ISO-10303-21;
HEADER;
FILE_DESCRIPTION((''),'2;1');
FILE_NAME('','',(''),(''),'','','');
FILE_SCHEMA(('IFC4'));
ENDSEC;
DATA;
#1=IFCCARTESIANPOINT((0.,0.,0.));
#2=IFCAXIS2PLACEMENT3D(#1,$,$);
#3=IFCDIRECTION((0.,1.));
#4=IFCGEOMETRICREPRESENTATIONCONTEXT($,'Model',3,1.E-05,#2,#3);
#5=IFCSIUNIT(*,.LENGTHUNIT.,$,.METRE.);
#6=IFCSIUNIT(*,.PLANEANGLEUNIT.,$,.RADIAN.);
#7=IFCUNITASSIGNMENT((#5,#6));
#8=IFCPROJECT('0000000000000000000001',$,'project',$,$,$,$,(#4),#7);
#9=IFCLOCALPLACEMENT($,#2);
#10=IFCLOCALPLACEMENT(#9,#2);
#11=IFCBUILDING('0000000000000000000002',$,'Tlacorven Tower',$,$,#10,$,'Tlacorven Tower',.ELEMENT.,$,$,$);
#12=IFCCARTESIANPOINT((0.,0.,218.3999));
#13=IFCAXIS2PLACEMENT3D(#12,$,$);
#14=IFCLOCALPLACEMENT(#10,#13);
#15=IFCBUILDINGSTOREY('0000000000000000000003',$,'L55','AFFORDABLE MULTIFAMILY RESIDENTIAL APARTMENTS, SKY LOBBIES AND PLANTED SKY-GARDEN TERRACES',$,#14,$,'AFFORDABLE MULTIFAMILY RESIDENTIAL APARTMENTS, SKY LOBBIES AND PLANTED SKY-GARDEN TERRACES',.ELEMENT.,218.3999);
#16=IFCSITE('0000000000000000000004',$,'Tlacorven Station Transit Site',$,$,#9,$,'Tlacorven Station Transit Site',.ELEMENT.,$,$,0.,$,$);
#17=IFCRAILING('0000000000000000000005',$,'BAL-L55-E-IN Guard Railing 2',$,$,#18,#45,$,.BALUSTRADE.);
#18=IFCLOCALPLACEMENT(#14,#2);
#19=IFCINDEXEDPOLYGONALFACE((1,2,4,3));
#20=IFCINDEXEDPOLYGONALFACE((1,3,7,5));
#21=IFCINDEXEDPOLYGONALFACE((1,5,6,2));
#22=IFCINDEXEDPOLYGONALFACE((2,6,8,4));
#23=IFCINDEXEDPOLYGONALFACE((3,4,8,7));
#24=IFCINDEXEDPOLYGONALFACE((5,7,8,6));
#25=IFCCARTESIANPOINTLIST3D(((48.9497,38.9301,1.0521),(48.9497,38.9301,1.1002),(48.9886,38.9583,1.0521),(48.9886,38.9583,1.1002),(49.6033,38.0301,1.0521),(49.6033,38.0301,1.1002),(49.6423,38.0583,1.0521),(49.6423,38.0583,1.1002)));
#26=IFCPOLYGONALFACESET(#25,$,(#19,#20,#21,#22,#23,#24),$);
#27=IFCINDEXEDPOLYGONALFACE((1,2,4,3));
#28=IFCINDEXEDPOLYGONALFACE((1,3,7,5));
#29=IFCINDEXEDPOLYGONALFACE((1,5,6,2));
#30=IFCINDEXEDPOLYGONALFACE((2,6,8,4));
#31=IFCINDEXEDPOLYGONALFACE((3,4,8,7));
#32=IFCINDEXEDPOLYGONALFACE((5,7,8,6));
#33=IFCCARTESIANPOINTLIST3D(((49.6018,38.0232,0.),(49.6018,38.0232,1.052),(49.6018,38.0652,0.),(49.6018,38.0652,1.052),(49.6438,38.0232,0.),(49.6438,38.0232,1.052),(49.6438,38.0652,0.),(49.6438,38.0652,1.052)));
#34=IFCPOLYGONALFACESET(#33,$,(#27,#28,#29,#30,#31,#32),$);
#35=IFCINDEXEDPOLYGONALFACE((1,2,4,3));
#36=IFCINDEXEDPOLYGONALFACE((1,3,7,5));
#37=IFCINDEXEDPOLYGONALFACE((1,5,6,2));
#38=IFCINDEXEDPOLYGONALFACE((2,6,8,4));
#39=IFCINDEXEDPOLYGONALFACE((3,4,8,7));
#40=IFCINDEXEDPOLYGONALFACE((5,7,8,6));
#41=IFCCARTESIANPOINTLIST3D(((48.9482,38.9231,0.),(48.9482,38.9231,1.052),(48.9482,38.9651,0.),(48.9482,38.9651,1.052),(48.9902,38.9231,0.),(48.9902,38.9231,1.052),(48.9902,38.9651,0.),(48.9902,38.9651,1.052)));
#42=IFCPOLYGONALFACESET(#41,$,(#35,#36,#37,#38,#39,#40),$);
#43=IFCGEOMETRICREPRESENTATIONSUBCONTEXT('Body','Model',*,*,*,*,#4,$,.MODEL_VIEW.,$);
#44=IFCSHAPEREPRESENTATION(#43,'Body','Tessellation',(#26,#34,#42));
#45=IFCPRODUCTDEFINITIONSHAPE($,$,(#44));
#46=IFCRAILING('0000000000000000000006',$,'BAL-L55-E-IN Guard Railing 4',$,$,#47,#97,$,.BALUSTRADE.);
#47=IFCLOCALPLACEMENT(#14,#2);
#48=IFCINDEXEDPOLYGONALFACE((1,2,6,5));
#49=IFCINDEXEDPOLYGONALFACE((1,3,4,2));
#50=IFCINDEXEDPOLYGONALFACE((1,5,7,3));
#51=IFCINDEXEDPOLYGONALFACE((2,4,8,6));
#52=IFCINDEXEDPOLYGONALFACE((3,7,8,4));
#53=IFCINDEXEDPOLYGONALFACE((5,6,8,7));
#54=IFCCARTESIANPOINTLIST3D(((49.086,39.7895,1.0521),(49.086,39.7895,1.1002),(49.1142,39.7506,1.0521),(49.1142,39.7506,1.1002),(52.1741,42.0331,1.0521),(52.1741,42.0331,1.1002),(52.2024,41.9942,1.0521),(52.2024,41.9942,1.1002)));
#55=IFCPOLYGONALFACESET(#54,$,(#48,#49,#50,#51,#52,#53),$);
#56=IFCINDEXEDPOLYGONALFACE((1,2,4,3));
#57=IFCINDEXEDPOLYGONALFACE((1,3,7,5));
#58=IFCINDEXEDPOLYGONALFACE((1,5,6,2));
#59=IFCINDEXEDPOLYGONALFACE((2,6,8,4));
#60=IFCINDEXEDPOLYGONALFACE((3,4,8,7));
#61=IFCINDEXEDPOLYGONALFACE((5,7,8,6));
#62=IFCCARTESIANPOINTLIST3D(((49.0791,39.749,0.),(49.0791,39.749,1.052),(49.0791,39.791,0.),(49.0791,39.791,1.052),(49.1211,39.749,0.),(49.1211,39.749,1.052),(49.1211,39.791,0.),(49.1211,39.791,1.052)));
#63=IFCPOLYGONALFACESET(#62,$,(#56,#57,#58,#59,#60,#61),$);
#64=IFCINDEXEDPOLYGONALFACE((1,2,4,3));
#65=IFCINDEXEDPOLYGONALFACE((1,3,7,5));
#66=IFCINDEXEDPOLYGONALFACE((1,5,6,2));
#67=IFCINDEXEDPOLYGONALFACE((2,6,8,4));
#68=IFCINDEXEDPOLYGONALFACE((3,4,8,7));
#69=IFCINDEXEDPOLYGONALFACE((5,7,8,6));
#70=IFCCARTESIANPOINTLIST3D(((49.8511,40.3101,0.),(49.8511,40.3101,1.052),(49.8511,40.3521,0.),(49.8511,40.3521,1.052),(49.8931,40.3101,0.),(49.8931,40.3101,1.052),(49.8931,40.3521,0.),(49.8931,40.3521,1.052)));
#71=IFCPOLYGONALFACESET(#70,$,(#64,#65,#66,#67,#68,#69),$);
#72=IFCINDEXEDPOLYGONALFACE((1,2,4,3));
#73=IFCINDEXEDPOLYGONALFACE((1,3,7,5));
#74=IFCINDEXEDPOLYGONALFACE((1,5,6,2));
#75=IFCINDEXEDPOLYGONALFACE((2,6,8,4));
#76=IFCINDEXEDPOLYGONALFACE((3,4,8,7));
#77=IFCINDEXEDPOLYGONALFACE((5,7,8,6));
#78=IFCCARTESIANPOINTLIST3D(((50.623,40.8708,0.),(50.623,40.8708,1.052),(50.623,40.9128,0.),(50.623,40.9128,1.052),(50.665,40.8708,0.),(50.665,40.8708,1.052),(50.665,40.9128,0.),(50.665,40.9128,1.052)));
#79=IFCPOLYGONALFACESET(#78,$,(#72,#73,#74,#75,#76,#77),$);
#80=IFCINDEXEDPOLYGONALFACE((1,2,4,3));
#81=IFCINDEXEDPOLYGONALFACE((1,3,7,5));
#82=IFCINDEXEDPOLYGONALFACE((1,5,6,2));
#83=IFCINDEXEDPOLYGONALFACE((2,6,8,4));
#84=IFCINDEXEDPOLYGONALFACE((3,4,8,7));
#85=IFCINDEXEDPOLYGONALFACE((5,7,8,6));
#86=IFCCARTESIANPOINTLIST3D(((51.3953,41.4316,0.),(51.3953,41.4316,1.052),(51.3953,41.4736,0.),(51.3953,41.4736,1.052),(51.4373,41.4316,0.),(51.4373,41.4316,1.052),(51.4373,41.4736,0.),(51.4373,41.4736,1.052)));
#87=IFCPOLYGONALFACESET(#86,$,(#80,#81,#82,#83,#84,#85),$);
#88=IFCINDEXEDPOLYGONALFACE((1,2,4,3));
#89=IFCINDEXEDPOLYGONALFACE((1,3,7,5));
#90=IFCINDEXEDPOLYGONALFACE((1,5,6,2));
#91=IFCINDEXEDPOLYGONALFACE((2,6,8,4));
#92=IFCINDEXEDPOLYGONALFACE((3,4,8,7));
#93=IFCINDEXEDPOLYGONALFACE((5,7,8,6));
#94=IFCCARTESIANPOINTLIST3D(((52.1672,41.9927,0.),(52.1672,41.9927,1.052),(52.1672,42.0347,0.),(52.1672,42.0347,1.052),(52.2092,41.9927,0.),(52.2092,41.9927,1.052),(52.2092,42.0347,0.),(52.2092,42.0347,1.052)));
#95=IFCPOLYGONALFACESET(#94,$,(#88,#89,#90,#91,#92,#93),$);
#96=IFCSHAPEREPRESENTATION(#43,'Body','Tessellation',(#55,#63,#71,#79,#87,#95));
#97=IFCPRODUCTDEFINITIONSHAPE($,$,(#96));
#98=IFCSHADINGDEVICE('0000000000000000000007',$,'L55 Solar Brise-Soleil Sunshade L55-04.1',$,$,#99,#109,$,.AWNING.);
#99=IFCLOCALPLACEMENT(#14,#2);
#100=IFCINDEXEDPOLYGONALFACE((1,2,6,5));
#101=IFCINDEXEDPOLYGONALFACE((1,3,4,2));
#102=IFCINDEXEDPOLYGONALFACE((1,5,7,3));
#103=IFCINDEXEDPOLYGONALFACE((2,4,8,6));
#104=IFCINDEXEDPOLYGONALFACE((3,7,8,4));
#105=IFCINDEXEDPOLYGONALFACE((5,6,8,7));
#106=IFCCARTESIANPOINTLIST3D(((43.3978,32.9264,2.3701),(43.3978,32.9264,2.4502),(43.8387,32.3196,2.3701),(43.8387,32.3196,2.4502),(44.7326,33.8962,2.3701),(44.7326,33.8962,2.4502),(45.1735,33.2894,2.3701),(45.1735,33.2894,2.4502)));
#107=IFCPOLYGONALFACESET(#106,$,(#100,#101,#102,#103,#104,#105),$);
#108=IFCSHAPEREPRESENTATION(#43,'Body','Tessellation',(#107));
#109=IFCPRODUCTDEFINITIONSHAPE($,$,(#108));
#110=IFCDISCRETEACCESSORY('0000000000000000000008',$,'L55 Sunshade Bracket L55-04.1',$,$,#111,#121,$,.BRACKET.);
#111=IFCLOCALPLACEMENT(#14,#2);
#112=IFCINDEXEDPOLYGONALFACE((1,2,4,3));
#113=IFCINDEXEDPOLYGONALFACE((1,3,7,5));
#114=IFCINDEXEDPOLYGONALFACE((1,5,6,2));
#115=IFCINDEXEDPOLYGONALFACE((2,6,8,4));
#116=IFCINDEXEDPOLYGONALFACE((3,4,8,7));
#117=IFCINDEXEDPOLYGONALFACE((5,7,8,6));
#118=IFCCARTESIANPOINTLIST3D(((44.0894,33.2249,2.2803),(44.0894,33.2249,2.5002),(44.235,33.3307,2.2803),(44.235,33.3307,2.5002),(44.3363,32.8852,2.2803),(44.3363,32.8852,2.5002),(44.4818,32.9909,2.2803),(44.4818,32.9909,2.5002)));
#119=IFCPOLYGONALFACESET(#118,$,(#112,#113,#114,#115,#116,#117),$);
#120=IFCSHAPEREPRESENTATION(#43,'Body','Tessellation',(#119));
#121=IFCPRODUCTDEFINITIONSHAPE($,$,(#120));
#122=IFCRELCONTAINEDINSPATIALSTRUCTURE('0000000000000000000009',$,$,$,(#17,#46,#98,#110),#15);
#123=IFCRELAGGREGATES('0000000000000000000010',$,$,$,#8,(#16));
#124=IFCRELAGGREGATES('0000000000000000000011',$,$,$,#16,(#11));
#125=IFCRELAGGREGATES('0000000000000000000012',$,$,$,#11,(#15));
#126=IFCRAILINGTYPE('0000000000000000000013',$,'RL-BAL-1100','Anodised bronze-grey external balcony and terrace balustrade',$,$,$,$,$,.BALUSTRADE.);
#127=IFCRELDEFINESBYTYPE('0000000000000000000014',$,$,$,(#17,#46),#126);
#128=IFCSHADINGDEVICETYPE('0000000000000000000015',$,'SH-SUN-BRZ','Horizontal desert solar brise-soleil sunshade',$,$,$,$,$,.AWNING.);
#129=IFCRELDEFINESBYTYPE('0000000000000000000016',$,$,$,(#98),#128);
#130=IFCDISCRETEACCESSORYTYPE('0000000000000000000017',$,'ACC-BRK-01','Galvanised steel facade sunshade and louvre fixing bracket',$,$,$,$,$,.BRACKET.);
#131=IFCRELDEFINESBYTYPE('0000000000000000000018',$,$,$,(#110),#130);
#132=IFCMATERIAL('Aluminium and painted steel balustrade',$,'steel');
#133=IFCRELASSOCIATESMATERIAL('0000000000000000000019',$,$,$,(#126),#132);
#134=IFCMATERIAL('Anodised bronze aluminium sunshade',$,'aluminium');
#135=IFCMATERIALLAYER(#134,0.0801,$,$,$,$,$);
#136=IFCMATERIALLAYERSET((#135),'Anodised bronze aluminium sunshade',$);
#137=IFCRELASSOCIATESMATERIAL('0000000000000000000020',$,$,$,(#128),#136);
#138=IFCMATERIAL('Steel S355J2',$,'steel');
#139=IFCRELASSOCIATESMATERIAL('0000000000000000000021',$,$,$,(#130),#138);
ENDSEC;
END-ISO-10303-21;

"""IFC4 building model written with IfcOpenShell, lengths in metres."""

from ifc_helpers import new_model, si_unit, direction, frame, origin, origin_2d, place, context, subcontext, project, spatial, rectangle, extrude, source, transform, mapped, material, layer, layer_set, type_object, element, save


model = new_model("IFC4")

# Units and contexts
model_context = context("Model", 3, precision=1e-05, world=origin(), true_north=direction((0.0, 1.0)))
body_context = subcontext(model_context, "Body", "Model", "MODEL_VIEW")
ifc_project = project(units=[si_unit("LENGTHUNIT", "METRE"), si_unit("PLANEANGLEUNIT", "RADIAN")], contexts=[model_context])

# Site, building, storey
site_placement = place(None, origin())
site = spatial("IfcSite", under=ifc_project, at=site_placement, Name="Tlacorven Station Transit Site", LongName="Tlacorven Station Transit Site", CompositionType="ELEMENT", RefElevation=0.0)
building_placement = place(site_placement, origin())
building = spatial("IfcBuilding", under=site, at=building_placement, Name="Tlacorven Tower", LongName="Tlacorven Tower", CompositionType="ELEMENT")
storey_placement = place(building_placement, frame((0.0, 0.0, 218.3999)))
storey = spatial("IfcBuildingStorey", under=building, at=storey_placement, Name="L55", Description="AFFORDABLE MULTIFAMILY RESIDENTIAL APARTMENTS, SKY LOBBIES AND PLANTED SKY-GARDEN TERRACES", LongName="AFFORDABLE MULTIFAMILY RESIDENTIAL APARTMENTS, SKY LOBBIES AND PLANTED SKY-GARDEN TERRACES", CompositionType="ELEMENT", Elevation=218.3999)

# Shared definitions
ifc_material_1 = material(Name="Steel S355J2", Category="steel")

# Railings
ifc_material_2 = material(Name="Aluminium and painted steel balustrade", Category="steel")
railing_type = type_object("IfcRailingType", Name="RL-BAL-1100", Description="Anodised bronze-grey external balcony and terrace balustrade", PredefinedType="BALUSTRADE", material=ifc_material_2)
shared_shape_1 = source(origin(), body_context, "Body", "SweptSolid", [
    extrude(rectangle(XDim=0.0481, YDim=0.0481, at=origin_2d()), frame((0.0, 0.0, 1.0762), z_axis=(-0.587636, 0.809125, 0.0), x_axis=(-0.809125, -0.587636, 0.0)), (0.0, 0.0, 1.0), 1.1123),
    extrude(rectangle(XDim=0.042, YDim=0.042, at=origin_2d()), origin(), (0.0, 0.0, 1.0), 1.052),
    extrude(rectangle(XDim=0.042, YDim=0.042, at=origin_2d()), frame((-0.6536, 0.8999, 0.0)), (0.0, 0.0, 1.0), 1.052),
])
railing_1_placement = place(storey_placement, frame((49.6228, 38.0442, 0.0)))
element("IfcRailing", 1, at=railing_1_placement, inside=storey, type_object=railing_type, Name="BAL-L55-E-IN Guard Railing 2", PredefinedType="BALUSTRADE", context=body_context, shape_type="MappedRepresentation", body=[
    mapped(shared_shape_1, transform((0.0, 0.0, 0.0), scale=1.0)),
])
shared_shape_2 = source(origin(), body_context, "Body", "SweptSolid", [
    extrude(rectangle(XDim=0.0481, YDim=0.0481, at=origin_2d()), frame((0.0, 0.0, 1.0762), z_axis=(0.809018, 0.587784, 0.0), x_axis=(-0.587784, 0.809018, 0.0)), (0.0, 0.0, 1.0), 3.8171),
    extrude(rectangle(XDim=0.042, YDim=0.042, at=origin_2d()), origin(), (0.0, 0.0, 1.0), 1.052),
    extrude(rectangle(XDim=0.042, YDim=0.042, at=origin_2d()), frame((0.772, 0.561, 0.0)), (0.0, 0.0, 1.0), 1.052),
    extrude(rectangle(XDim=0.042, YDim=0.042, at=origin_2d()), frame((1.5439, 1.1218, 0.0)), (0.0, 0.0, 1.0), 1.052),
    extrude(rectangle(XDim=0.042, YDim=0.042, at=origin_2d()), frame((2.3162, 1.6826, 0.0)), (0.0, 0.0, 1.0), 1.052),
    extrude(rectangle(XDim=0.042, YDim=0.042, at=origin_2d()), frame((3.0881, 2.2437, 0.0)), (0.0, 0.0, 1.0), 1.052),
])
railing_2_placement = place(storey_placement, frame((49.1001, 39.77, 0.0)))
element("IfcRailing", 2, at=railing_2_placement, inside=storey, type_object=railing_type, Name="BAL-L55-E-IN Guard Railing 4", PredefinedType="BALUSTRADE", context=body_context, shape_type="MappedRepresentation", body=[
    mapped(shared_shape_2, transform((0.0, 0.0, 0.0), scale=1.0)),
])

# Shading device
ifc_material_3 = material(Name="Anodised bronze aluminium sunshade", Category="aluminium")
ifc_layer_1 = layer(ifc_material_3, 0.0801)
ifc_layer_set_1 = layer_set([ifc_layer_1], Name="Anodised bronze aluminium sunshade")
shading_device_type = type_object("IfcShadingDeviceType", Name="SH-SUN-BRZ", Description="Horizontal desert solar brise-soleil sunshade", PredefinedType="AWNING", material=ifc_layer_set_1)
shared_shape_3 = source(origin(), body_context, "Body", "SweptSolid", [
    extrude(rectangle(XDim=1.6499, YDim=0.75, at=origin_2d()), origin(), (0.0, 0.0, 1.0), 0.0801),
])
shading_device_placement = place(storey_placement, frame((44.2856, 33.1079, 2.3701), z_axis=(0.0, 0.0, 1.0), x_axis=(0.809017, 0.587786, 0.0)))
element("IfcShadingDevice", 3, at=shading_device_placement, inside=storey, type_object=shading_device_type, Name="L55 Solar Brise-Soleil Sunshade L55-04.1", PredefinedType="AWNING", context=body_context, shape_type="MappedRepresentation", body=[
    mapped(shared_shape_3, transform((0.0, 0.0, 0.0), scale=1.0)),
])

# Discrete accessory
discrete_accessory_type = type_object("IfcDiscreteAccessoryType", Name="ACC-BRK-01", Description="Galvanised steel facade sunshade and louvre fixing bracket", PredefinedType="BRACKET", material=ifc_material_1)
shared_shape_4 = source(origin(), body_context, "Body", "SweptSolid", [
    extrude(rectangle(XDim=0.1799, YDim=0.4199, at=origin_2d()), origin(), (0.0, 0.0, 1.0), 0.22),
])
discrete_accessory_placement = place(storey_placement, frame((44.2856, 33.1079, 2.2803), z_axis=(0.0, 0.0, 1.0), x_axis=(0.809017, 0.587786, 0.0)))
element("IfcDiscreteAccessory", 4, at=discrete_accessory_placement, inside=storey, type_object=discrete_accessory_type, Name="L55 Sunshade Bracket L55-04.1", PredefinedType="BRACKET", context=body_context, shape_type="MappedRepresentation", body=[
    mapped(shared_shape_4, transform((0.0, 0.0, 0.0), scale=1.0)),
])

save(model, "model.ifc")
